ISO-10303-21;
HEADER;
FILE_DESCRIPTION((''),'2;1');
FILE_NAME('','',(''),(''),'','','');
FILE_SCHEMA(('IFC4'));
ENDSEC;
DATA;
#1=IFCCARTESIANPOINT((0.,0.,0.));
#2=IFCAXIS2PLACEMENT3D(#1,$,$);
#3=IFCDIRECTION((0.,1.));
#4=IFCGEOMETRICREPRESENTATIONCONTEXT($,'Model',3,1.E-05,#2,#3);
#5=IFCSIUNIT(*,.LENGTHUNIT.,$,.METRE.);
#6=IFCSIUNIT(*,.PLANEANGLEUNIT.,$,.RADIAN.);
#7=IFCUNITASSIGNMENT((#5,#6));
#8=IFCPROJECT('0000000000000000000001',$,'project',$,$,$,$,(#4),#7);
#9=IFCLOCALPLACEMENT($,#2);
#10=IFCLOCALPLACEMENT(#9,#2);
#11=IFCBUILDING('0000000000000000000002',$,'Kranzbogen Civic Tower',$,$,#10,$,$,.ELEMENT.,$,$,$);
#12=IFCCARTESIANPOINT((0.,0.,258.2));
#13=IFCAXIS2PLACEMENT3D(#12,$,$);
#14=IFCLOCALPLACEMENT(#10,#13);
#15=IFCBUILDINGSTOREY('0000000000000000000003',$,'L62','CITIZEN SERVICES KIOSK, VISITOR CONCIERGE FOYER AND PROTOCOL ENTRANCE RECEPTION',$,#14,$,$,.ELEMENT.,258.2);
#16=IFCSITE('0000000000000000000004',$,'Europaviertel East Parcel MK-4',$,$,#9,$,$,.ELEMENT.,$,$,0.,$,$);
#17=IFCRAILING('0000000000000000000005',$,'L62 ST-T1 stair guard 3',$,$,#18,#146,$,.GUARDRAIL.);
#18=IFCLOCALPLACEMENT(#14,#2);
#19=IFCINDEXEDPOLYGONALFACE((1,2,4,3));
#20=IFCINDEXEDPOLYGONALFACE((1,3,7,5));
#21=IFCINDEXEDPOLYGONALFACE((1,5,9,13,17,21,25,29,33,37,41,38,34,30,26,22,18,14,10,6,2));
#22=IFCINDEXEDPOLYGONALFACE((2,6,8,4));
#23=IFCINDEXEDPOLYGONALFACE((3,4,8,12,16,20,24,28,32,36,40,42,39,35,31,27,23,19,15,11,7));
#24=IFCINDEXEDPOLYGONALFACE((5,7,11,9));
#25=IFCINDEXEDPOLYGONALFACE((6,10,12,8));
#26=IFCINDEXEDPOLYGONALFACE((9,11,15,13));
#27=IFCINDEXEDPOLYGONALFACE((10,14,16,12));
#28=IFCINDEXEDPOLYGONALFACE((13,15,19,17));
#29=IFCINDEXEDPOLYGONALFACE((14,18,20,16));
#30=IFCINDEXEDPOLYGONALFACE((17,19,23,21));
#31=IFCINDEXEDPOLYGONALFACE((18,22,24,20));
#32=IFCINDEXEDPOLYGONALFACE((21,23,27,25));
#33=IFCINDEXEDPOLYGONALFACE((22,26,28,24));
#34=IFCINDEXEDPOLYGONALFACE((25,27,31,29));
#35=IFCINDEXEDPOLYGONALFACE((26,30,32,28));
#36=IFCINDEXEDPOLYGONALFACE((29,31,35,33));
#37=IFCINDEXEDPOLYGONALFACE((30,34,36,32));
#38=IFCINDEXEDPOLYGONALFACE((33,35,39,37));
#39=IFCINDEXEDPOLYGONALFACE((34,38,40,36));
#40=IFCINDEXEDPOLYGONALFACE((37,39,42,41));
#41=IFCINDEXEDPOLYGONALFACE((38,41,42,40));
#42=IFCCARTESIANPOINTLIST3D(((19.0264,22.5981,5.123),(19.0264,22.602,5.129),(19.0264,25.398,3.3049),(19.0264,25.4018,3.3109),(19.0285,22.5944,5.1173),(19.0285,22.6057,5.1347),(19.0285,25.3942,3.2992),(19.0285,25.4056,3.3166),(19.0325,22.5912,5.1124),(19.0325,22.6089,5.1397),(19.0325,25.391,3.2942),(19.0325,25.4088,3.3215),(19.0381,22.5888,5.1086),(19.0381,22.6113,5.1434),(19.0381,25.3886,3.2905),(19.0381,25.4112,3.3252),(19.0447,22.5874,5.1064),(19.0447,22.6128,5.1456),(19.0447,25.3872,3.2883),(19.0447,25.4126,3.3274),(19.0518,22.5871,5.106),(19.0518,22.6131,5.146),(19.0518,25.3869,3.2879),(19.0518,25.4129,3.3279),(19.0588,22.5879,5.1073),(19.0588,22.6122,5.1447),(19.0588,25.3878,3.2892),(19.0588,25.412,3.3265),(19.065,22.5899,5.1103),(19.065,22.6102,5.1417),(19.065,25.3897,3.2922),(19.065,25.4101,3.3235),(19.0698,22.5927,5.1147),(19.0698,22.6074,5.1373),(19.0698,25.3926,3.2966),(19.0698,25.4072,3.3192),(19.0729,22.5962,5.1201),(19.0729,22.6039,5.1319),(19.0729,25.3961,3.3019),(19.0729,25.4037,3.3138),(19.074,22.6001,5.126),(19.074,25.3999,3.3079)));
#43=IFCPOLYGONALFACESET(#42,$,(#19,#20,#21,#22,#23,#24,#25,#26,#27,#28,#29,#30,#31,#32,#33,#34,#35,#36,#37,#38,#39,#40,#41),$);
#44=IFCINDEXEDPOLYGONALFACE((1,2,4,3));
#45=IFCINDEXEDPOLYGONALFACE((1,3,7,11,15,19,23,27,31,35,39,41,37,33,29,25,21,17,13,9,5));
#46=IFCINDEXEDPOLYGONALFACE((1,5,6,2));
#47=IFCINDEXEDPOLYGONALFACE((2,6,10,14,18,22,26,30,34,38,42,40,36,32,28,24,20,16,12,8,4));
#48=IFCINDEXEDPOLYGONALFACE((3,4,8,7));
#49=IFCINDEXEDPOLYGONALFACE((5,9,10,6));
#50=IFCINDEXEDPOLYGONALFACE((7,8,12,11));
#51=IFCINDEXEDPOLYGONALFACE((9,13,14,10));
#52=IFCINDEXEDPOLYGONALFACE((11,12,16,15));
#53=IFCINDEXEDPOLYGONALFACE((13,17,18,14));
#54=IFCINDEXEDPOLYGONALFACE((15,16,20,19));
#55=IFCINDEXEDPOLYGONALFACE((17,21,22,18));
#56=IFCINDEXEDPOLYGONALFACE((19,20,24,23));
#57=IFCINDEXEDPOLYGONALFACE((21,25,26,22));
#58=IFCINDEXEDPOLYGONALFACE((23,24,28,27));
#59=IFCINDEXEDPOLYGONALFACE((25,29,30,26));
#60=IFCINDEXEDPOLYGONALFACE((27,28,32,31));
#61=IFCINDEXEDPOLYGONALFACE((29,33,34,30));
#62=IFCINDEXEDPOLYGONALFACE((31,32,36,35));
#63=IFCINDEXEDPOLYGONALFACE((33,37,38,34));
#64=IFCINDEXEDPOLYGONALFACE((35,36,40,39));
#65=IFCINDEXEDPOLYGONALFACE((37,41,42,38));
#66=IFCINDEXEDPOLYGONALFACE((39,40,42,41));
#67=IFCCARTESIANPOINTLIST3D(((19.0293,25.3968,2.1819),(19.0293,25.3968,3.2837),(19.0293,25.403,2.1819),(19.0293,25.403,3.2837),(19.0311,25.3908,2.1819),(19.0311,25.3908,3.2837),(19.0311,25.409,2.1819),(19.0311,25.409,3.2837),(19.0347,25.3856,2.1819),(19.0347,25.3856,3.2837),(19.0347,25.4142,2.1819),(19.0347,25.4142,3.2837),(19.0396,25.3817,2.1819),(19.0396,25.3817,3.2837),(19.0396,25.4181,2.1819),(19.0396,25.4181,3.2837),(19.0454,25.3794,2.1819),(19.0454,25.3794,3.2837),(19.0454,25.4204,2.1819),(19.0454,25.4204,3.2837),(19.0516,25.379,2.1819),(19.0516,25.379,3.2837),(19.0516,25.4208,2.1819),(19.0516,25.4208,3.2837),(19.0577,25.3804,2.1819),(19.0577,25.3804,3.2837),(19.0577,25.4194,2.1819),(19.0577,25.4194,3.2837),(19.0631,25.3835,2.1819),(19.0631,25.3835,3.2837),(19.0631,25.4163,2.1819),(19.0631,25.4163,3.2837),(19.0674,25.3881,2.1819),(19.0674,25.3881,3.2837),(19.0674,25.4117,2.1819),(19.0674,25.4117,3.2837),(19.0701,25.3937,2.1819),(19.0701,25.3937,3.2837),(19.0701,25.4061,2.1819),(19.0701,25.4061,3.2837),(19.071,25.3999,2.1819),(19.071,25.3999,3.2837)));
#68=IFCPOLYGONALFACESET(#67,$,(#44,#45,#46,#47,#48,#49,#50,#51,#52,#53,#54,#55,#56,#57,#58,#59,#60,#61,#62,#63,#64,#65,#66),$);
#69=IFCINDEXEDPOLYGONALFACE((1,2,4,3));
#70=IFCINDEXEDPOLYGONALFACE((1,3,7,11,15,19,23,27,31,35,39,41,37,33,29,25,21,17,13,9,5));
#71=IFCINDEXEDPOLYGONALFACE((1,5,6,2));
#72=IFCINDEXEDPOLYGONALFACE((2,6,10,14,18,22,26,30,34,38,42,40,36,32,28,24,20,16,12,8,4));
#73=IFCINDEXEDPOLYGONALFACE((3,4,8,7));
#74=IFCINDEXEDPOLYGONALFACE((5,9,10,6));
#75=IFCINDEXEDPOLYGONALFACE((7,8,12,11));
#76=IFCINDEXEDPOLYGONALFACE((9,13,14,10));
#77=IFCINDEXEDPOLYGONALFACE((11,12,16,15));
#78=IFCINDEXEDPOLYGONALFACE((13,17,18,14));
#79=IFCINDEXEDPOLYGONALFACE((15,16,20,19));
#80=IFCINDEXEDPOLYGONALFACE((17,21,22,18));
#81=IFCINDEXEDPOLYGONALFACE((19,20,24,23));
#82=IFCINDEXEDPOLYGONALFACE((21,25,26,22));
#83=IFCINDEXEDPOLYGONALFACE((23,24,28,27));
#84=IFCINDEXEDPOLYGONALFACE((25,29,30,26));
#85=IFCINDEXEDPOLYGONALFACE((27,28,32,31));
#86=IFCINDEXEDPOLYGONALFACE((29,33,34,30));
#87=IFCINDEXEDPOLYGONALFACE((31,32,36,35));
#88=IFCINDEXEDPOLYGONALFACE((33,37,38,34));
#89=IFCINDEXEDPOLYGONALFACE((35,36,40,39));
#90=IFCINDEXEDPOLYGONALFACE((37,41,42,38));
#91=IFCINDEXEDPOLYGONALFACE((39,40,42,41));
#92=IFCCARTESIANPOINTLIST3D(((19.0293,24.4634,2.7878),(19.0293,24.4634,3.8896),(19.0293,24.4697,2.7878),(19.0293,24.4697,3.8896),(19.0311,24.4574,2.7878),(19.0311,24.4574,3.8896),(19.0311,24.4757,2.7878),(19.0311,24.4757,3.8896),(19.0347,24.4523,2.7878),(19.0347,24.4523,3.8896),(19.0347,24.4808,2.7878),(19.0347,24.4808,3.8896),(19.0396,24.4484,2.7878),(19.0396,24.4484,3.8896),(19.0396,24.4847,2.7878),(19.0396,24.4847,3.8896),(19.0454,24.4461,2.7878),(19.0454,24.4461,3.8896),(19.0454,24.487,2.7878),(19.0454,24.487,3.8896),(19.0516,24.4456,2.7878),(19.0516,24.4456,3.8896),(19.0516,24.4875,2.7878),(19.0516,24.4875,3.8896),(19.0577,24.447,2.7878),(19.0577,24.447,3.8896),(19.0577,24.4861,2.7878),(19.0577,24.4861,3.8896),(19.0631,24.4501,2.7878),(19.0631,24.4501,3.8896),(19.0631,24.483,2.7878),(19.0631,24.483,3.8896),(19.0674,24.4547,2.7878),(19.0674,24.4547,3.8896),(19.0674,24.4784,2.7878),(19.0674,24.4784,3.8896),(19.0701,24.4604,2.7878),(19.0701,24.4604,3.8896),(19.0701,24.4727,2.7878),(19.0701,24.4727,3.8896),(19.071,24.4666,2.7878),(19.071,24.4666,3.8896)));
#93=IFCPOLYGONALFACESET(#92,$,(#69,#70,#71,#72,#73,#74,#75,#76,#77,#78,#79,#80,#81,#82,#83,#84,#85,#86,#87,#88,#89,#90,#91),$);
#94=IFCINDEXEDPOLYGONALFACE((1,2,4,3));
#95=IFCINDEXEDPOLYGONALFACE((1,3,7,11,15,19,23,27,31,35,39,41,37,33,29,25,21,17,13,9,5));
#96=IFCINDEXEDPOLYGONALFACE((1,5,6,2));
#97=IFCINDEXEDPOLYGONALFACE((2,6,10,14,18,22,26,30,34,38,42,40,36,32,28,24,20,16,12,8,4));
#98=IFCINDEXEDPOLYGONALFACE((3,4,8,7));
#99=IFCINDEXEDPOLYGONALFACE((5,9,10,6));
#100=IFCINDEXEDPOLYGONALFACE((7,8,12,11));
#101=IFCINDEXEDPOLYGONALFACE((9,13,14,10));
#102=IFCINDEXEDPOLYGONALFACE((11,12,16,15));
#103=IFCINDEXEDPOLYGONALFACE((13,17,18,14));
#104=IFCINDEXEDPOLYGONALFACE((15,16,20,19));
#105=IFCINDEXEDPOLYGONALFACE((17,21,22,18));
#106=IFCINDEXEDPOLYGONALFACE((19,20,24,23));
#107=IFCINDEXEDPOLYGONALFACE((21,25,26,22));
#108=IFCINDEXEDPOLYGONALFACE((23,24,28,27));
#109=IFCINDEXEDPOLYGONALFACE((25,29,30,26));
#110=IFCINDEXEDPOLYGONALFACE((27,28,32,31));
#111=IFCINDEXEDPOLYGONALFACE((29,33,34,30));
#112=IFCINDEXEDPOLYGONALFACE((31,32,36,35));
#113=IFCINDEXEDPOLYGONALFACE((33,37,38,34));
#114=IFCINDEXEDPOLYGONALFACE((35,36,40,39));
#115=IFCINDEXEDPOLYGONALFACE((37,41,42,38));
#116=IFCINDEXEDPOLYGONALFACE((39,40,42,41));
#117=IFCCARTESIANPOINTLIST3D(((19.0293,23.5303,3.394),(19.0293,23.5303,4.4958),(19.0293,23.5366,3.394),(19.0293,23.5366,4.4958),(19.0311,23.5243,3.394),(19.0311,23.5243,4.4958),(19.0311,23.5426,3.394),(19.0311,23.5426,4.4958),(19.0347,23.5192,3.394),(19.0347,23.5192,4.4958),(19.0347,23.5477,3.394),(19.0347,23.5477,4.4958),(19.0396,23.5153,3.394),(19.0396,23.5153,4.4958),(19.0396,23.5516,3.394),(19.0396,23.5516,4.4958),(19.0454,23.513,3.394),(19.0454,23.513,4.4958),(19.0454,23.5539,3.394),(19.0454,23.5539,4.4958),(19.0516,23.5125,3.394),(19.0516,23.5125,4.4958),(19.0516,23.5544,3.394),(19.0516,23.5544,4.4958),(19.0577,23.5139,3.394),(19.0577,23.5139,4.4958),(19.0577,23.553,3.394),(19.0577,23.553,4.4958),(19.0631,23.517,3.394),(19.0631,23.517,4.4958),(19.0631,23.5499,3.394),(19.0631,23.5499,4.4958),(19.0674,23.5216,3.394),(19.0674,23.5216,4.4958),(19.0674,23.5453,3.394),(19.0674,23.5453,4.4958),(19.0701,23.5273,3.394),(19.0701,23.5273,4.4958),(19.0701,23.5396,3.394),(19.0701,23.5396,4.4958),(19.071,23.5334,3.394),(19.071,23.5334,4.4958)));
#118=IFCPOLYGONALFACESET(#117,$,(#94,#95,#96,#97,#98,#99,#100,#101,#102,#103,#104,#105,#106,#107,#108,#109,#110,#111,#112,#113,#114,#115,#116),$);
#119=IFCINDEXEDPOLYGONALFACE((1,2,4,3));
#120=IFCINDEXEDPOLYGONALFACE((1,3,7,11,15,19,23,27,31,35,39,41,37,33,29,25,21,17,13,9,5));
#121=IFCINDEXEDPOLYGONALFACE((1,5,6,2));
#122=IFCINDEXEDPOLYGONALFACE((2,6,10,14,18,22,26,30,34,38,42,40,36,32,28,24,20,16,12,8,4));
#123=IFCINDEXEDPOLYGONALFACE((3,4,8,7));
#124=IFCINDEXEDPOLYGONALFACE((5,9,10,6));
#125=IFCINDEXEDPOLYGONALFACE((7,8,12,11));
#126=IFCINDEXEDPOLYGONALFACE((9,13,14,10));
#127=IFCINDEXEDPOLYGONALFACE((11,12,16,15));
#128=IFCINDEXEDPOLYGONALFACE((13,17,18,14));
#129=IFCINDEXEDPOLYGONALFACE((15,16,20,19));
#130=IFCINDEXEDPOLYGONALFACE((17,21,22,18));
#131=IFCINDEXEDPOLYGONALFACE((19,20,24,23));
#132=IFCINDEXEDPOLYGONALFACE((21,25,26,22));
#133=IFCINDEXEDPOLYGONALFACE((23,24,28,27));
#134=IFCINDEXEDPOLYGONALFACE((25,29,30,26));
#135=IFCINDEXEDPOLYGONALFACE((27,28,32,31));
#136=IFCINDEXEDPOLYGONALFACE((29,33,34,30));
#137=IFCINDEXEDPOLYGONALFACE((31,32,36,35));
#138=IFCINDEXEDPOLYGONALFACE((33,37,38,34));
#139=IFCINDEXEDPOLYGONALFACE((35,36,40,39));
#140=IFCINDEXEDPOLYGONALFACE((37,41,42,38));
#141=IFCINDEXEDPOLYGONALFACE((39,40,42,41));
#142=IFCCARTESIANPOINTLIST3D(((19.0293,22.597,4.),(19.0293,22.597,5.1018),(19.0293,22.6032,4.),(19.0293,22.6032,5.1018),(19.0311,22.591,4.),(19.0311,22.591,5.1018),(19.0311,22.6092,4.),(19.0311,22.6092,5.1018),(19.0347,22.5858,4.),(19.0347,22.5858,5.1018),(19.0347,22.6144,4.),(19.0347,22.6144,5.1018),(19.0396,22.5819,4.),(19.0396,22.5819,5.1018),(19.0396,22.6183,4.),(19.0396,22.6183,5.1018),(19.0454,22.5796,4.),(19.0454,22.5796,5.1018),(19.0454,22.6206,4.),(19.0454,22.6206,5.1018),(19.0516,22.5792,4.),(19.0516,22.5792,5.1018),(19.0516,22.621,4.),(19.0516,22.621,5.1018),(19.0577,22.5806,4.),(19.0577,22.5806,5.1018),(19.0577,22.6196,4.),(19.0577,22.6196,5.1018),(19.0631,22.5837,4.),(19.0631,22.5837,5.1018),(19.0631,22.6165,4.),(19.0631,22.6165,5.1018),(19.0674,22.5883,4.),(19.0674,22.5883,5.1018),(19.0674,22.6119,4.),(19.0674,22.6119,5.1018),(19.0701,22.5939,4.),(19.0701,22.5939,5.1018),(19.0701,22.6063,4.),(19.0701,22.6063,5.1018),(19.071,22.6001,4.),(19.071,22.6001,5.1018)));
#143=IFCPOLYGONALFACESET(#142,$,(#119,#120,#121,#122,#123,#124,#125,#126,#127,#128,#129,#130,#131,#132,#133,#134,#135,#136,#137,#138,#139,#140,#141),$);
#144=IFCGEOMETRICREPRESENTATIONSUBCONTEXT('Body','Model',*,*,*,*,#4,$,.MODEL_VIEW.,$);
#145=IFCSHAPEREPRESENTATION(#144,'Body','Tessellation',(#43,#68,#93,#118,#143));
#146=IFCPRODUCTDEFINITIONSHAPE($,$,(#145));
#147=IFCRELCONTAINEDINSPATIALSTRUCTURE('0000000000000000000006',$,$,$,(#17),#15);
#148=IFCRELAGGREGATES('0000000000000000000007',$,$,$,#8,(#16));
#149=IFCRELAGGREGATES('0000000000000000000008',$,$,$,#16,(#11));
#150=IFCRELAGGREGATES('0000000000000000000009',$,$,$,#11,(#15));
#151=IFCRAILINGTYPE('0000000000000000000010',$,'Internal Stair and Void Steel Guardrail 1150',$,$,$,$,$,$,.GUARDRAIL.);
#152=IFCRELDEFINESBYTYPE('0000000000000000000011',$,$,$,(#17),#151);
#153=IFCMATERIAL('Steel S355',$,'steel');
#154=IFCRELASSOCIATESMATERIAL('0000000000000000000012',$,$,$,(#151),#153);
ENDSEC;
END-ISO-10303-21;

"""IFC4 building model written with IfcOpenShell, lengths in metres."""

from ifc_helpers import new_model, si_unit, direction, frame, origin, origin_2d, place, context, subcontext, project, spatial, circle, extrude, material, type_object, element, save


model = new_model("IFC4")

# Units and contexts
model_context = context("Model", 3, precision=1e-05, world=origin(), true_north=direction((0.0, 1.0)))
body_context = subcontext(model_context, "Body", "Model", "MODEL_VIEW")
ifc_project = project(units=[si_unit("LENGTHUNIT", "METRE"), si_unit("PLANEANGLEUNIT", "RADIAN")], contexts=[model_context])

# Site, building, storey
site_placement = place(None, origin())
site = spatial("IfcSite", under=ifc_project, at=site_placement, Name="Europaviertel East Parcel MK-4", CompositionType="ELEMENT", RefElevation=0.0)
building_placement = place(site_placement, origin())
building = spatial("IfcBuilding", under=site, at=building_placement, Name="Kranzbogen Civic Tower", CompositionType="ELEMENT")
storey_placement = place(building_placement, frame((0.0, 0.0, 258.2)))
storey = spatial("IfcBuildingStorey", under=building, at=storey_placement, Name="L62", Description="CITIZEN SERVICES KIOSK, VISITOR CONCIERGE FOYER AND PROTOCOL ENTRANCE RECEPTION", CompositionType="ELEMENT", Elevation=258.2)

# Shared definitions
ifc_material_1 = material(Name="Steel S355", Category="steel")

# Railing
railing_type_1 = type_object("IfcRailingType", Name="Internal Stair and Void Steel Guardrail 1150", PredefinedType="GUARDRAIL", material=ifc_material_1)
railing_1_placement = place(storey_placement, frame((19.05, 25.3999, 2.1819)))
element("IfcRailing", 1, at=railing_1_placement, inside=storey, type_object=railing_type_1, Name="L62 ST-T1 stair guard 3", PredefinedType="GUARDRAIL", context=body_context, shape_type="SweptSolid", body=[
    extrude(circle(Radius=0.0239, at=origin_2d()), frame((0.0, 0.0, 1.126), z_axis=(0.0, -0.838684, 0.544618), x_axis=(1.0, 0.0, 0.0)), (0.0, 0.0, 1.0), 3.3384),
    extrude(circle(Radius=0.021, at=origin_2d()), origin(), (0.0, 0.0, 1.0), 1.1018),
    extrude(circle(Radius=0.021, at=origin_2d()), frame((0.0, -0.9333, 0.606)), (0.0, 0.0, 1.0), 1.1018),
    extrude(circle(Radius=0.021, at=origin_2d()), frame((0.0, -1.8665, 1.2122)), (0.0, 0.0, 1.0), 1.1018),
    extrude(circle(Radius=0.021, at=origin_2d()), frame((0.0, -2.7998, 1.8181)), (0.0, 0.0, 1.0), 1.1018),
])

save(model, "model.ifc")
